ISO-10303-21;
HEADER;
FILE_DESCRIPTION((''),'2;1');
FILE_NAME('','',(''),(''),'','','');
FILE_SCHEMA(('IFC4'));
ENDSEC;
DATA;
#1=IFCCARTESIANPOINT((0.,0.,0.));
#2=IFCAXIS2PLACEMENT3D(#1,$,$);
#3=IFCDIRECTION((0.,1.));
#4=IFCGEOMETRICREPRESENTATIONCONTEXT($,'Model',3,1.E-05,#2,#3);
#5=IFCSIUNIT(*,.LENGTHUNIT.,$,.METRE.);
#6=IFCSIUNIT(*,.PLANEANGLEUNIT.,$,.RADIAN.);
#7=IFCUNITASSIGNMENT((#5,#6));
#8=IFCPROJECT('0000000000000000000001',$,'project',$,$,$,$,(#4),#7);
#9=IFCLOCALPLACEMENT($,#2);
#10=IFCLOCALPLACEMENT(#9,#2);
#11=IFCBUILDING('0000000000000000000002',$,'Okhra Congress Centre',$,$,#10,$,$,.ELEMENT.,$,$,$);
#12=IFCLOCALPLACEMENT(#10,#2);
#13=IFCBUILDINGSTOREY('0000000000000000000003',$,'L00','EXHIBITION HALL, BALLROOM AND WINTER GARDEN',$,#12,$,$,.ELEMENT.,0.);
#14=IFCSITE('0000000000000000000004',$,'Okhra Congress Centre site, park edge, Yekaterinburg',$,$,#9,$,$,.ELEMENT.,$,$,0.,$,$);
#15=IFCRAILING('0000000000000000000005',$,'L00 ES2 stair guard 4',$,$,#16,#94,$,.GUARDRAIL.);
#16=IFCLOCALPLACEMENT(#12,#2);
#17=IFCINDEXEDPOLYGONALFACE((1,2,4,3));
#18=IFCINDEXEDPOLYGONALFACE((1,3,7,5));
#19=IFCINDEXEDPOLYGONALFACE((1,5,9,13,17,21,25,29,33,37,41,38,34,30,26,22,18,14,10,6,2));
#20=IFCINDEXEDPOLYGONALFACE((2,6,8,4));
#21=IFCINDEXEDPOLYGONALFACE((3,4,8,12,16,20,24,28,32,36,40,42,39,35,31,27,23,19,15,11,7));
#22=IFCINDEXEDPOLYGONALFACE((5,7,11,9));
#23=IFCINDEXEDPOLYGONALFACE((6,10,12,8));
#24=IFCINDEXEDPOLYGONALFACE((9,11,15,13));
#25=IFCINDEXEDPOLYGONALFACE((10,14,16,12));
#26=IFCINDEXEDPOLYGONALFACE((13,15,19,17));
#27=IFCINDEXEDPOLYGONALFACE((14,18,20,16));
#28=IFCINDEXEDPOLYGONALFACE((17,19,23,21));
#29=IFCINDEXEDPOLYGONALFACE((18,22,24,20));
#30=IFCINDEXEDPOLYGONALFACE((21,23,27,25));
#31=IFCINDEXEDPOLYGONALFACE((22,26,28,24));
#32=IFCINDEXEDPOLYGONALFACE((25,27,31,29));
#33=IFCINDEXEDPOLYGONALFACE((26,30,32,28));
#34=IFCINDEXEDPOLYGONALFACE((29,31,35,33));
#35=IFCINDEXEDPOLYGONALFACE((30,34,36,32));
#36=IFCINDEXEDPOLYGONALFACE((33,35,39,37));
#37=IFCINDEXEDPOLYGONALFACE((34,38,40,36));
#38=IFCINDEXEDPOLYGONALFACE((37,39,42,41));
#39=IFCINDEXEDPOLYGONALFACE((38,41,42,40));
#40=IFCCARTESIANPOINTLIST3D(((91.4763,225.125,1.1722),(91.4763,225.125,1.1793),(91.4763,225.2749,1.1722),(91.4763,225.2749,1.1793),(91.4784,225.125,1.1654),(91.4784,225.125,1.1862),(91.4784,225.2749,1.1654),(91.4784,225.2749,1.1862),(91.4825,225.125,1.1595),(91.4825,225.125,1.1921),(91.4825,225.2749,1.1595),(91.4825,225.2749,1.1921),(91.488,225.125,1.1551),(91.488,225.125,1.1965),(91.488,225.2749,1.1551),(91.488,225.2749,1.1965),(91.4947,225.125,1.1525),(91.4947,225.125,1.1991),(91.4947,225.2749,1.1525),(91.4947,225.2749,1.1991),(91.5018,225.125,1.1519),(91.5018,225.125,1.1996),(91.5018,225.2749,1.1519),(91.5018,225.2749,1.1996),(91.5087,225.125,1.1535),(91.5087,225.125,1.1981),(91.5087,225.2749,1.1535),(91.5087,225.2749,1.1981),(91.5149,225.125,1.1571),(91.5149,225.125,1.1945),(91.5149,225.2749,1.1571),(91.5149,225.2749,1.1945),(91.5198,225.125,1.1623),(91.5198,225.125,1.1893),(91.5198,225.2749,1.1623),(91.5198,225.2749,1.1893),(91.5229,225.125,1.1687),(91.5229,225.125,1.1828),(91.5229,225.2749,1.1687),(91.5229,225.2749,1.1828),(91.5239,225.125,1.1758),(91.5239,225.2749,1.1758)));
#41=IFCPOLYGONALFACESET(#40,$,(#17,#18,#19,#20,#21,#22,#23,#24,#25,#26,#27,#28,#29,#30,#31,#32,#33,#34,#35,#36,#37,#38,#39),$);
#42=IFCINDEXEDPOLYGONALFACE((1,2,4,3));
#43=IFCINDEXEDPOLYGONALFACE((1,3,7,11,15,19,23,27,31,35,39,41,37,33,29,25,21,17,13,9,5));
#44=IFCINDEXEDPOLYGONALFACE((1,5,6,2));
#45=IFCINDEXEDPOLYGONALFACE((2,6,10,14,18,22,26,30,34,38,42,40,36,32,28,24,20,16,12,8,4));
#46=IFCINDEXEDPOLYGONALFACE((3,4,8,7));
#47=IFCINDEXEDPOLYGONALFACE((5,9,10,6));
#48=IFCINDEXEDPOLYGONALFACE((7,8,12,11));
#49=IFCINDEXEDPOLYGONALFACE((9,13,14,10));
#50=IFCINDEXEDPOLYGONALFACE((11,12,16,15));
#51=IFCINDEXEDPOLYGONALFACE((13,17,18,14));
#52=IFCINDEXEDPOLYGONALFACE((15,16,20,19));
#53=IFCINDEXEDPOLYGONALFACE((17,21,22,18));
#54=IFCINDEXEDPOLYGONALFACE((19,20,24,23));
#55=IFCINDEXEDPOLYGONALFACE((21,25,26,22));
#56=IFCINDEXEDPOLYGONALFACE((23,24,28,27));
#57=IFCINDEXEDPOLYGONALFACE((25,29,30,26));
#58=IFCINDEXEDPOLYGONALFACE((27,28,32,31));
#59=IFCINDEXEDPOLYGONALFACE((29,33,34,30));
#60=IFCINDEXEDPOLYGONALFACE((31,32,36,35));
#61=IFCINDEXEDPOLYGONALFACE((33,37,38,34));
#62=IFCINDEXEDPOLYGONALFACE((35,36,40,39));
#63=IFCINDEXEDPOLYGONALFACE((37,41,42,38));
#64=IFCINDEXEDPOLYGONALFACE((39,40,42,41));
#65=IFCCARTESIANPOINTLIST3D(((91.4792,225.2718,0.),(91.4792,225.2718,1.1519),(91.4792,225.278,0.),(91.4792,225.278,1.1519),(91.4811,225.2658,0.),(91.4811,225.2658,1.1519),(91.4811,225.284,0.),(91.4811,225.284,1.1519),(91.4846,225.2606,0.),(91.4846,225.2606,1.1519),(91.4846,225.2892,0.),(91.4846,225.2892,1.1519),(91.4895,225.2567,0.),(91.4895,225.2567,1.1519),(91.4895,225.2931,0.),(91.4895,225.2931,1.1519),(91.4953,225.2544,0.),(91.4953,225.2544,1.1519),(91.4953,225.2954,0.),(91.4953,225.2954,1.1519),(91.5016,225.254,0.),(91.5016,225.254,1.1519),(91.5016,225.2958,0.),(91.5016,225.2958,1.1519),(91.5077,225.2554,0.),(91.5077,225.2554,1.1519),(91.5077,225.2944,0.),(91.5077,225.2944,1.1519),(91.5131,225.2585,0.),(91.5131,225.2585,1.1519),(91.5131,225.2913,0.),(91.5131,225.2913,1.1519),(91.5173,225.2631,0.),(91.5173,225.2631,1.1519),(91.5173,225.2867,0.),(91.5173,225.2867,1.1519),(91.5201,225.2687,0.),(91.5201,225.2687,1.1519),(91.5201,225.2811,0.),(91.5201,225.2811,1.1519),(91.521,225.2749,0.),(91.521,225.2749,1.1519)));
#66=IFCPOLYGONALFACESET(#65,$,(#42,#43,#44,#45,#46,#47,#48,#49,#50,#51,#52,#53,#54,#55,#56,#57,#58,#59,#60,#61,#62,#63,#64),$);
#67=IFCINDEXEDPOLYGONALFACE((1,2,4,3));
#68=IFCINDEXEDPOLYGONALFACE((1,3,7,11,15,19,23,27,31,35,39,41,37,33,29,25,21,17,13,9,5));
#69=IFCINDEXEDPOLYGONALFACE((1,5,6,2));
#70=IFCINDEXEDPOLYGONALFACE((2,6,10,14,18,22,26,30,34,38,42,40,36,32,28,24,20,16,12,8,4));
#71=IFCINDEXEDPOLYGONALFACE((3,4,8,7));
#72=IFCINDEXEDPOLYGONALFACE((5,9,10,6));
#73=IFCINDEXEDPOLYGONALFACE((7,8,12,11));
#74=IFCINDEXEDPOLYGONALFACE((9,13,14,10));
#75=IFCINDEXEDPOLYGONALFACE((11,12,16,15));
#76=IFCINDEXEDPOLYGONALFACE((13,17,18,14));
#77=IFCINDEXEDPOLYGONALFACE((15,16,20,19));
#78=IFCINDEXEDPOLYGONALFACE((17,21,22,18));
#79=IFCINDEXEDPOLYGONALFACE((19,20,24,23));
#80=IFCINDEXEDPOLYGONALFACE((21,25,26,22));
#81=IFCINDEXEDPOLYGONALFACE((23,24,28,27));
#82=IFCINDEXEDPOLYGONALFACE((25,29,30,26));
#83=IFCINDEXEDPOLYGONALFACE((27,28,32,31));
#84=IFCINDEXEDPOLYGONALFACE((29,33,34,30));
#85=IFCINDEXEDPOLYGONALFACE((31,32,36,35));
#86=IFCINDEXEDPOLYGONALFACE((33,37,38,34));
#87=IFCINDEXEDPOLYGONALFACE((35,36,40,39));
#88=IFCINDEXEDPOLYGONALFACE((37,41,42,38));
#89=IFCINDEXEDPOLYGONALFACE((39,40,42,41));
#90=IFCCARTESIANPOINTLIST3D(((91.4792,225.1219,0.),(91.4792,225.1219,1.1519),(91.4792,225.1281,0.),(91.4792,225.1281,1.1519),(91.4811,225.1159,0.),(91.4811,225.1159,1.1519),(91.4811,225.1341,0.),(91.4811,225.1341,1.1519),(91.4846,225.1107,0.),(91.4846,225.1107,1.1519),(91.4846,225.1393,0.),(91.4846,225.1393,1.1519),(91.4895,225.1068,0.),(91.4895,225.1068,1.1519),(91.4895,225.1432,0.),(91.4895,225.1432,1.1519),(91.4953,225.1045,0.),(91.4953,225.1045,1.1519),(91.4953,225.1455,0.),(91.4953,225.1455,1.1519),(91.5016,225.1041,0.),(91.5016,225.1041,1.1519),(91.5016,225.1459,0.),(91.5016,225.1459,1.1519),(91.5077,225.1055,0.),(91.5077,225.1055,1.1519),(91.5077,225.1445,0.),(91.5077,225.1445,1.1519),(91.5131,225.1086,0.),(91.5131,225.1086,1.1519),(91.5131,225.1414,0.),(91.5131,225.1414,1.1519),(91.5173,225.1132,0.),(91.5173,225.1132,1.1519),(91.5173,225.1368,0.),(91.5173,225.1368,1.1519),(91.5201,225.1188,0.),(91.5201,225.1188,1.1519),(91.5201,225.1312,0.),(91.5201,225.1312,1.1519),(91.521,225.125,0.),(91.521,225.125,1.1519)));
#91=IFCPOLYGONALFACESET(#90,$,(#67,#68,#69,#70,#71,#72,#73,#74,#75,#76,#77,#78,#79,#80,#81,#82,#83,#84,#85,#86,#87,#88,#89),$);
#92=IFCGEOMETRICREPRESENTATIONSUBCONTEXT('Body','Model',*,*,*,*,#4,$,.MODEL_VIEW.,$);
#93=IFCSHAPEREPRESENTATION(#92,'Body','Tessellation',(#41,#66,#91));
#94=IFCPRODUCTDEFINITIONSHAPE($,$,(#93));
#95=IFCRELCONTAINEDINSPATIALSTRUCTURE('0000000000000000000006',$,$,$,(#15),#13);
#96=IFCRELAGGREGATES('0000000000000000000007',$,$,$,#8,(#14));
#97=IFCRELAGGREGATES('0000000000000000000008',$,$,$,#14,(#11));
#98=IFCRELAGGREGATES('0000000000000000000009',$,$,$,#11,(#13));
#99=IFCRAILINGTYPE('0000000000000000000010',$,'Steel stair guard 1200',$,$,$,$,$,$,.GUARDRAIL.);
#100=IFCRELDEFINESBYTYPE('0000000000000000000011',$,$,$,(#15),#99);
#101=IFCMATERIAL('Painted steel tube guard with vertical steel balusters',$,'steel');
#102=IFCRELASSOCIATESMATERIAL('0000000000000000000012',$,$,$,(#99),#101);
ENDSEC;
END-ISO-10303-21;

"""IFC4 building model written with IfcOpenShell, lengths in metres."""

from ifc_helpers import new_model, si_unit, direction, frame, origin, origin_2d, place, context, subcontext, project, spatial, circle, extrude, material, type_object, element, save


model = new_model("IFC4")

# Units and contexts
model_context = context("Model", 3, precision=1e-05, world=origin(), true_north=direction((0.0, 1.0)))
body_context = subcontext(model_context, "Body", "Model", "MODEL_VIEW")
ifc_project = project(units=[si_unit("LENGTHUNIT", "METRE"), si_unit("PLANEANGLEUNIT", "RADIAN")], contexts=[model_context])

# Site, building, storey
site_placement = place(None, origin())
site = spatial("IfcSite", under=ifc_project, at=site_placement, Name="Okhra Congress Centre site, park edge, Yekaterinburg", CompositionType="ELEMENT", RefElevation=0.0)
building_placement = place(site_placement, origin())
building = spatial("IfcBuilding", under=site, at=building_placement, Name="Okhra Congress Centre", CompositionType="ELEMENT")
storey_placement = place(building_placement, origin())
storey = spatial("IfcBuildingStorey", under=building, at=storey_placement, Name="L00", Description="EXHIBITION HALL, BALLROOM AND WINTER GARDEN", CompositionType="ELEMENT", Elevation=0.0)

# Railing
ifc_material_1 = material(Name="Painted steel tube guard with vertical steel balusters", Category="steel")
railing_type_1 = type_object("IfcRailingType", Name="Steel stair guard 1200", PredefinedType="GUARDRAIL", material=ifc_material_1)
railing_1_placement = place(storey_placement, frame((91.5, 225.2749, 0.0)))
element("IfcRailing", 1, at=railing_1_placement, inside=storey, type_object=railing_type_1, Name="L00 ES2 stair guard 4", PredefinedType="GUARDRAIL", context=body_context, shape_type="SweptSolid", body=[
    extrude(circle(Radius=0.0239, at=origin_2d()), frame((0.0, 0.0, 1.1758), z_axis=(0.0, -1.0, 0.0), x_axis=(1.0, 0.0, 0.0)), (0.0, 0.0, 1.0), 0.1499),
    extrude(circle(Radius=0.021, at=origin_2d()), origin(), (0.0, 0.0, 1.0), 1.1519),
    extrude(circle(Radius=0.021, at=origin_2d()), frame((0.0, -0.1499, 0.0)), (0.0, 0.0, 1.0), 1.1519),
])

save(model, "model.ifc")
